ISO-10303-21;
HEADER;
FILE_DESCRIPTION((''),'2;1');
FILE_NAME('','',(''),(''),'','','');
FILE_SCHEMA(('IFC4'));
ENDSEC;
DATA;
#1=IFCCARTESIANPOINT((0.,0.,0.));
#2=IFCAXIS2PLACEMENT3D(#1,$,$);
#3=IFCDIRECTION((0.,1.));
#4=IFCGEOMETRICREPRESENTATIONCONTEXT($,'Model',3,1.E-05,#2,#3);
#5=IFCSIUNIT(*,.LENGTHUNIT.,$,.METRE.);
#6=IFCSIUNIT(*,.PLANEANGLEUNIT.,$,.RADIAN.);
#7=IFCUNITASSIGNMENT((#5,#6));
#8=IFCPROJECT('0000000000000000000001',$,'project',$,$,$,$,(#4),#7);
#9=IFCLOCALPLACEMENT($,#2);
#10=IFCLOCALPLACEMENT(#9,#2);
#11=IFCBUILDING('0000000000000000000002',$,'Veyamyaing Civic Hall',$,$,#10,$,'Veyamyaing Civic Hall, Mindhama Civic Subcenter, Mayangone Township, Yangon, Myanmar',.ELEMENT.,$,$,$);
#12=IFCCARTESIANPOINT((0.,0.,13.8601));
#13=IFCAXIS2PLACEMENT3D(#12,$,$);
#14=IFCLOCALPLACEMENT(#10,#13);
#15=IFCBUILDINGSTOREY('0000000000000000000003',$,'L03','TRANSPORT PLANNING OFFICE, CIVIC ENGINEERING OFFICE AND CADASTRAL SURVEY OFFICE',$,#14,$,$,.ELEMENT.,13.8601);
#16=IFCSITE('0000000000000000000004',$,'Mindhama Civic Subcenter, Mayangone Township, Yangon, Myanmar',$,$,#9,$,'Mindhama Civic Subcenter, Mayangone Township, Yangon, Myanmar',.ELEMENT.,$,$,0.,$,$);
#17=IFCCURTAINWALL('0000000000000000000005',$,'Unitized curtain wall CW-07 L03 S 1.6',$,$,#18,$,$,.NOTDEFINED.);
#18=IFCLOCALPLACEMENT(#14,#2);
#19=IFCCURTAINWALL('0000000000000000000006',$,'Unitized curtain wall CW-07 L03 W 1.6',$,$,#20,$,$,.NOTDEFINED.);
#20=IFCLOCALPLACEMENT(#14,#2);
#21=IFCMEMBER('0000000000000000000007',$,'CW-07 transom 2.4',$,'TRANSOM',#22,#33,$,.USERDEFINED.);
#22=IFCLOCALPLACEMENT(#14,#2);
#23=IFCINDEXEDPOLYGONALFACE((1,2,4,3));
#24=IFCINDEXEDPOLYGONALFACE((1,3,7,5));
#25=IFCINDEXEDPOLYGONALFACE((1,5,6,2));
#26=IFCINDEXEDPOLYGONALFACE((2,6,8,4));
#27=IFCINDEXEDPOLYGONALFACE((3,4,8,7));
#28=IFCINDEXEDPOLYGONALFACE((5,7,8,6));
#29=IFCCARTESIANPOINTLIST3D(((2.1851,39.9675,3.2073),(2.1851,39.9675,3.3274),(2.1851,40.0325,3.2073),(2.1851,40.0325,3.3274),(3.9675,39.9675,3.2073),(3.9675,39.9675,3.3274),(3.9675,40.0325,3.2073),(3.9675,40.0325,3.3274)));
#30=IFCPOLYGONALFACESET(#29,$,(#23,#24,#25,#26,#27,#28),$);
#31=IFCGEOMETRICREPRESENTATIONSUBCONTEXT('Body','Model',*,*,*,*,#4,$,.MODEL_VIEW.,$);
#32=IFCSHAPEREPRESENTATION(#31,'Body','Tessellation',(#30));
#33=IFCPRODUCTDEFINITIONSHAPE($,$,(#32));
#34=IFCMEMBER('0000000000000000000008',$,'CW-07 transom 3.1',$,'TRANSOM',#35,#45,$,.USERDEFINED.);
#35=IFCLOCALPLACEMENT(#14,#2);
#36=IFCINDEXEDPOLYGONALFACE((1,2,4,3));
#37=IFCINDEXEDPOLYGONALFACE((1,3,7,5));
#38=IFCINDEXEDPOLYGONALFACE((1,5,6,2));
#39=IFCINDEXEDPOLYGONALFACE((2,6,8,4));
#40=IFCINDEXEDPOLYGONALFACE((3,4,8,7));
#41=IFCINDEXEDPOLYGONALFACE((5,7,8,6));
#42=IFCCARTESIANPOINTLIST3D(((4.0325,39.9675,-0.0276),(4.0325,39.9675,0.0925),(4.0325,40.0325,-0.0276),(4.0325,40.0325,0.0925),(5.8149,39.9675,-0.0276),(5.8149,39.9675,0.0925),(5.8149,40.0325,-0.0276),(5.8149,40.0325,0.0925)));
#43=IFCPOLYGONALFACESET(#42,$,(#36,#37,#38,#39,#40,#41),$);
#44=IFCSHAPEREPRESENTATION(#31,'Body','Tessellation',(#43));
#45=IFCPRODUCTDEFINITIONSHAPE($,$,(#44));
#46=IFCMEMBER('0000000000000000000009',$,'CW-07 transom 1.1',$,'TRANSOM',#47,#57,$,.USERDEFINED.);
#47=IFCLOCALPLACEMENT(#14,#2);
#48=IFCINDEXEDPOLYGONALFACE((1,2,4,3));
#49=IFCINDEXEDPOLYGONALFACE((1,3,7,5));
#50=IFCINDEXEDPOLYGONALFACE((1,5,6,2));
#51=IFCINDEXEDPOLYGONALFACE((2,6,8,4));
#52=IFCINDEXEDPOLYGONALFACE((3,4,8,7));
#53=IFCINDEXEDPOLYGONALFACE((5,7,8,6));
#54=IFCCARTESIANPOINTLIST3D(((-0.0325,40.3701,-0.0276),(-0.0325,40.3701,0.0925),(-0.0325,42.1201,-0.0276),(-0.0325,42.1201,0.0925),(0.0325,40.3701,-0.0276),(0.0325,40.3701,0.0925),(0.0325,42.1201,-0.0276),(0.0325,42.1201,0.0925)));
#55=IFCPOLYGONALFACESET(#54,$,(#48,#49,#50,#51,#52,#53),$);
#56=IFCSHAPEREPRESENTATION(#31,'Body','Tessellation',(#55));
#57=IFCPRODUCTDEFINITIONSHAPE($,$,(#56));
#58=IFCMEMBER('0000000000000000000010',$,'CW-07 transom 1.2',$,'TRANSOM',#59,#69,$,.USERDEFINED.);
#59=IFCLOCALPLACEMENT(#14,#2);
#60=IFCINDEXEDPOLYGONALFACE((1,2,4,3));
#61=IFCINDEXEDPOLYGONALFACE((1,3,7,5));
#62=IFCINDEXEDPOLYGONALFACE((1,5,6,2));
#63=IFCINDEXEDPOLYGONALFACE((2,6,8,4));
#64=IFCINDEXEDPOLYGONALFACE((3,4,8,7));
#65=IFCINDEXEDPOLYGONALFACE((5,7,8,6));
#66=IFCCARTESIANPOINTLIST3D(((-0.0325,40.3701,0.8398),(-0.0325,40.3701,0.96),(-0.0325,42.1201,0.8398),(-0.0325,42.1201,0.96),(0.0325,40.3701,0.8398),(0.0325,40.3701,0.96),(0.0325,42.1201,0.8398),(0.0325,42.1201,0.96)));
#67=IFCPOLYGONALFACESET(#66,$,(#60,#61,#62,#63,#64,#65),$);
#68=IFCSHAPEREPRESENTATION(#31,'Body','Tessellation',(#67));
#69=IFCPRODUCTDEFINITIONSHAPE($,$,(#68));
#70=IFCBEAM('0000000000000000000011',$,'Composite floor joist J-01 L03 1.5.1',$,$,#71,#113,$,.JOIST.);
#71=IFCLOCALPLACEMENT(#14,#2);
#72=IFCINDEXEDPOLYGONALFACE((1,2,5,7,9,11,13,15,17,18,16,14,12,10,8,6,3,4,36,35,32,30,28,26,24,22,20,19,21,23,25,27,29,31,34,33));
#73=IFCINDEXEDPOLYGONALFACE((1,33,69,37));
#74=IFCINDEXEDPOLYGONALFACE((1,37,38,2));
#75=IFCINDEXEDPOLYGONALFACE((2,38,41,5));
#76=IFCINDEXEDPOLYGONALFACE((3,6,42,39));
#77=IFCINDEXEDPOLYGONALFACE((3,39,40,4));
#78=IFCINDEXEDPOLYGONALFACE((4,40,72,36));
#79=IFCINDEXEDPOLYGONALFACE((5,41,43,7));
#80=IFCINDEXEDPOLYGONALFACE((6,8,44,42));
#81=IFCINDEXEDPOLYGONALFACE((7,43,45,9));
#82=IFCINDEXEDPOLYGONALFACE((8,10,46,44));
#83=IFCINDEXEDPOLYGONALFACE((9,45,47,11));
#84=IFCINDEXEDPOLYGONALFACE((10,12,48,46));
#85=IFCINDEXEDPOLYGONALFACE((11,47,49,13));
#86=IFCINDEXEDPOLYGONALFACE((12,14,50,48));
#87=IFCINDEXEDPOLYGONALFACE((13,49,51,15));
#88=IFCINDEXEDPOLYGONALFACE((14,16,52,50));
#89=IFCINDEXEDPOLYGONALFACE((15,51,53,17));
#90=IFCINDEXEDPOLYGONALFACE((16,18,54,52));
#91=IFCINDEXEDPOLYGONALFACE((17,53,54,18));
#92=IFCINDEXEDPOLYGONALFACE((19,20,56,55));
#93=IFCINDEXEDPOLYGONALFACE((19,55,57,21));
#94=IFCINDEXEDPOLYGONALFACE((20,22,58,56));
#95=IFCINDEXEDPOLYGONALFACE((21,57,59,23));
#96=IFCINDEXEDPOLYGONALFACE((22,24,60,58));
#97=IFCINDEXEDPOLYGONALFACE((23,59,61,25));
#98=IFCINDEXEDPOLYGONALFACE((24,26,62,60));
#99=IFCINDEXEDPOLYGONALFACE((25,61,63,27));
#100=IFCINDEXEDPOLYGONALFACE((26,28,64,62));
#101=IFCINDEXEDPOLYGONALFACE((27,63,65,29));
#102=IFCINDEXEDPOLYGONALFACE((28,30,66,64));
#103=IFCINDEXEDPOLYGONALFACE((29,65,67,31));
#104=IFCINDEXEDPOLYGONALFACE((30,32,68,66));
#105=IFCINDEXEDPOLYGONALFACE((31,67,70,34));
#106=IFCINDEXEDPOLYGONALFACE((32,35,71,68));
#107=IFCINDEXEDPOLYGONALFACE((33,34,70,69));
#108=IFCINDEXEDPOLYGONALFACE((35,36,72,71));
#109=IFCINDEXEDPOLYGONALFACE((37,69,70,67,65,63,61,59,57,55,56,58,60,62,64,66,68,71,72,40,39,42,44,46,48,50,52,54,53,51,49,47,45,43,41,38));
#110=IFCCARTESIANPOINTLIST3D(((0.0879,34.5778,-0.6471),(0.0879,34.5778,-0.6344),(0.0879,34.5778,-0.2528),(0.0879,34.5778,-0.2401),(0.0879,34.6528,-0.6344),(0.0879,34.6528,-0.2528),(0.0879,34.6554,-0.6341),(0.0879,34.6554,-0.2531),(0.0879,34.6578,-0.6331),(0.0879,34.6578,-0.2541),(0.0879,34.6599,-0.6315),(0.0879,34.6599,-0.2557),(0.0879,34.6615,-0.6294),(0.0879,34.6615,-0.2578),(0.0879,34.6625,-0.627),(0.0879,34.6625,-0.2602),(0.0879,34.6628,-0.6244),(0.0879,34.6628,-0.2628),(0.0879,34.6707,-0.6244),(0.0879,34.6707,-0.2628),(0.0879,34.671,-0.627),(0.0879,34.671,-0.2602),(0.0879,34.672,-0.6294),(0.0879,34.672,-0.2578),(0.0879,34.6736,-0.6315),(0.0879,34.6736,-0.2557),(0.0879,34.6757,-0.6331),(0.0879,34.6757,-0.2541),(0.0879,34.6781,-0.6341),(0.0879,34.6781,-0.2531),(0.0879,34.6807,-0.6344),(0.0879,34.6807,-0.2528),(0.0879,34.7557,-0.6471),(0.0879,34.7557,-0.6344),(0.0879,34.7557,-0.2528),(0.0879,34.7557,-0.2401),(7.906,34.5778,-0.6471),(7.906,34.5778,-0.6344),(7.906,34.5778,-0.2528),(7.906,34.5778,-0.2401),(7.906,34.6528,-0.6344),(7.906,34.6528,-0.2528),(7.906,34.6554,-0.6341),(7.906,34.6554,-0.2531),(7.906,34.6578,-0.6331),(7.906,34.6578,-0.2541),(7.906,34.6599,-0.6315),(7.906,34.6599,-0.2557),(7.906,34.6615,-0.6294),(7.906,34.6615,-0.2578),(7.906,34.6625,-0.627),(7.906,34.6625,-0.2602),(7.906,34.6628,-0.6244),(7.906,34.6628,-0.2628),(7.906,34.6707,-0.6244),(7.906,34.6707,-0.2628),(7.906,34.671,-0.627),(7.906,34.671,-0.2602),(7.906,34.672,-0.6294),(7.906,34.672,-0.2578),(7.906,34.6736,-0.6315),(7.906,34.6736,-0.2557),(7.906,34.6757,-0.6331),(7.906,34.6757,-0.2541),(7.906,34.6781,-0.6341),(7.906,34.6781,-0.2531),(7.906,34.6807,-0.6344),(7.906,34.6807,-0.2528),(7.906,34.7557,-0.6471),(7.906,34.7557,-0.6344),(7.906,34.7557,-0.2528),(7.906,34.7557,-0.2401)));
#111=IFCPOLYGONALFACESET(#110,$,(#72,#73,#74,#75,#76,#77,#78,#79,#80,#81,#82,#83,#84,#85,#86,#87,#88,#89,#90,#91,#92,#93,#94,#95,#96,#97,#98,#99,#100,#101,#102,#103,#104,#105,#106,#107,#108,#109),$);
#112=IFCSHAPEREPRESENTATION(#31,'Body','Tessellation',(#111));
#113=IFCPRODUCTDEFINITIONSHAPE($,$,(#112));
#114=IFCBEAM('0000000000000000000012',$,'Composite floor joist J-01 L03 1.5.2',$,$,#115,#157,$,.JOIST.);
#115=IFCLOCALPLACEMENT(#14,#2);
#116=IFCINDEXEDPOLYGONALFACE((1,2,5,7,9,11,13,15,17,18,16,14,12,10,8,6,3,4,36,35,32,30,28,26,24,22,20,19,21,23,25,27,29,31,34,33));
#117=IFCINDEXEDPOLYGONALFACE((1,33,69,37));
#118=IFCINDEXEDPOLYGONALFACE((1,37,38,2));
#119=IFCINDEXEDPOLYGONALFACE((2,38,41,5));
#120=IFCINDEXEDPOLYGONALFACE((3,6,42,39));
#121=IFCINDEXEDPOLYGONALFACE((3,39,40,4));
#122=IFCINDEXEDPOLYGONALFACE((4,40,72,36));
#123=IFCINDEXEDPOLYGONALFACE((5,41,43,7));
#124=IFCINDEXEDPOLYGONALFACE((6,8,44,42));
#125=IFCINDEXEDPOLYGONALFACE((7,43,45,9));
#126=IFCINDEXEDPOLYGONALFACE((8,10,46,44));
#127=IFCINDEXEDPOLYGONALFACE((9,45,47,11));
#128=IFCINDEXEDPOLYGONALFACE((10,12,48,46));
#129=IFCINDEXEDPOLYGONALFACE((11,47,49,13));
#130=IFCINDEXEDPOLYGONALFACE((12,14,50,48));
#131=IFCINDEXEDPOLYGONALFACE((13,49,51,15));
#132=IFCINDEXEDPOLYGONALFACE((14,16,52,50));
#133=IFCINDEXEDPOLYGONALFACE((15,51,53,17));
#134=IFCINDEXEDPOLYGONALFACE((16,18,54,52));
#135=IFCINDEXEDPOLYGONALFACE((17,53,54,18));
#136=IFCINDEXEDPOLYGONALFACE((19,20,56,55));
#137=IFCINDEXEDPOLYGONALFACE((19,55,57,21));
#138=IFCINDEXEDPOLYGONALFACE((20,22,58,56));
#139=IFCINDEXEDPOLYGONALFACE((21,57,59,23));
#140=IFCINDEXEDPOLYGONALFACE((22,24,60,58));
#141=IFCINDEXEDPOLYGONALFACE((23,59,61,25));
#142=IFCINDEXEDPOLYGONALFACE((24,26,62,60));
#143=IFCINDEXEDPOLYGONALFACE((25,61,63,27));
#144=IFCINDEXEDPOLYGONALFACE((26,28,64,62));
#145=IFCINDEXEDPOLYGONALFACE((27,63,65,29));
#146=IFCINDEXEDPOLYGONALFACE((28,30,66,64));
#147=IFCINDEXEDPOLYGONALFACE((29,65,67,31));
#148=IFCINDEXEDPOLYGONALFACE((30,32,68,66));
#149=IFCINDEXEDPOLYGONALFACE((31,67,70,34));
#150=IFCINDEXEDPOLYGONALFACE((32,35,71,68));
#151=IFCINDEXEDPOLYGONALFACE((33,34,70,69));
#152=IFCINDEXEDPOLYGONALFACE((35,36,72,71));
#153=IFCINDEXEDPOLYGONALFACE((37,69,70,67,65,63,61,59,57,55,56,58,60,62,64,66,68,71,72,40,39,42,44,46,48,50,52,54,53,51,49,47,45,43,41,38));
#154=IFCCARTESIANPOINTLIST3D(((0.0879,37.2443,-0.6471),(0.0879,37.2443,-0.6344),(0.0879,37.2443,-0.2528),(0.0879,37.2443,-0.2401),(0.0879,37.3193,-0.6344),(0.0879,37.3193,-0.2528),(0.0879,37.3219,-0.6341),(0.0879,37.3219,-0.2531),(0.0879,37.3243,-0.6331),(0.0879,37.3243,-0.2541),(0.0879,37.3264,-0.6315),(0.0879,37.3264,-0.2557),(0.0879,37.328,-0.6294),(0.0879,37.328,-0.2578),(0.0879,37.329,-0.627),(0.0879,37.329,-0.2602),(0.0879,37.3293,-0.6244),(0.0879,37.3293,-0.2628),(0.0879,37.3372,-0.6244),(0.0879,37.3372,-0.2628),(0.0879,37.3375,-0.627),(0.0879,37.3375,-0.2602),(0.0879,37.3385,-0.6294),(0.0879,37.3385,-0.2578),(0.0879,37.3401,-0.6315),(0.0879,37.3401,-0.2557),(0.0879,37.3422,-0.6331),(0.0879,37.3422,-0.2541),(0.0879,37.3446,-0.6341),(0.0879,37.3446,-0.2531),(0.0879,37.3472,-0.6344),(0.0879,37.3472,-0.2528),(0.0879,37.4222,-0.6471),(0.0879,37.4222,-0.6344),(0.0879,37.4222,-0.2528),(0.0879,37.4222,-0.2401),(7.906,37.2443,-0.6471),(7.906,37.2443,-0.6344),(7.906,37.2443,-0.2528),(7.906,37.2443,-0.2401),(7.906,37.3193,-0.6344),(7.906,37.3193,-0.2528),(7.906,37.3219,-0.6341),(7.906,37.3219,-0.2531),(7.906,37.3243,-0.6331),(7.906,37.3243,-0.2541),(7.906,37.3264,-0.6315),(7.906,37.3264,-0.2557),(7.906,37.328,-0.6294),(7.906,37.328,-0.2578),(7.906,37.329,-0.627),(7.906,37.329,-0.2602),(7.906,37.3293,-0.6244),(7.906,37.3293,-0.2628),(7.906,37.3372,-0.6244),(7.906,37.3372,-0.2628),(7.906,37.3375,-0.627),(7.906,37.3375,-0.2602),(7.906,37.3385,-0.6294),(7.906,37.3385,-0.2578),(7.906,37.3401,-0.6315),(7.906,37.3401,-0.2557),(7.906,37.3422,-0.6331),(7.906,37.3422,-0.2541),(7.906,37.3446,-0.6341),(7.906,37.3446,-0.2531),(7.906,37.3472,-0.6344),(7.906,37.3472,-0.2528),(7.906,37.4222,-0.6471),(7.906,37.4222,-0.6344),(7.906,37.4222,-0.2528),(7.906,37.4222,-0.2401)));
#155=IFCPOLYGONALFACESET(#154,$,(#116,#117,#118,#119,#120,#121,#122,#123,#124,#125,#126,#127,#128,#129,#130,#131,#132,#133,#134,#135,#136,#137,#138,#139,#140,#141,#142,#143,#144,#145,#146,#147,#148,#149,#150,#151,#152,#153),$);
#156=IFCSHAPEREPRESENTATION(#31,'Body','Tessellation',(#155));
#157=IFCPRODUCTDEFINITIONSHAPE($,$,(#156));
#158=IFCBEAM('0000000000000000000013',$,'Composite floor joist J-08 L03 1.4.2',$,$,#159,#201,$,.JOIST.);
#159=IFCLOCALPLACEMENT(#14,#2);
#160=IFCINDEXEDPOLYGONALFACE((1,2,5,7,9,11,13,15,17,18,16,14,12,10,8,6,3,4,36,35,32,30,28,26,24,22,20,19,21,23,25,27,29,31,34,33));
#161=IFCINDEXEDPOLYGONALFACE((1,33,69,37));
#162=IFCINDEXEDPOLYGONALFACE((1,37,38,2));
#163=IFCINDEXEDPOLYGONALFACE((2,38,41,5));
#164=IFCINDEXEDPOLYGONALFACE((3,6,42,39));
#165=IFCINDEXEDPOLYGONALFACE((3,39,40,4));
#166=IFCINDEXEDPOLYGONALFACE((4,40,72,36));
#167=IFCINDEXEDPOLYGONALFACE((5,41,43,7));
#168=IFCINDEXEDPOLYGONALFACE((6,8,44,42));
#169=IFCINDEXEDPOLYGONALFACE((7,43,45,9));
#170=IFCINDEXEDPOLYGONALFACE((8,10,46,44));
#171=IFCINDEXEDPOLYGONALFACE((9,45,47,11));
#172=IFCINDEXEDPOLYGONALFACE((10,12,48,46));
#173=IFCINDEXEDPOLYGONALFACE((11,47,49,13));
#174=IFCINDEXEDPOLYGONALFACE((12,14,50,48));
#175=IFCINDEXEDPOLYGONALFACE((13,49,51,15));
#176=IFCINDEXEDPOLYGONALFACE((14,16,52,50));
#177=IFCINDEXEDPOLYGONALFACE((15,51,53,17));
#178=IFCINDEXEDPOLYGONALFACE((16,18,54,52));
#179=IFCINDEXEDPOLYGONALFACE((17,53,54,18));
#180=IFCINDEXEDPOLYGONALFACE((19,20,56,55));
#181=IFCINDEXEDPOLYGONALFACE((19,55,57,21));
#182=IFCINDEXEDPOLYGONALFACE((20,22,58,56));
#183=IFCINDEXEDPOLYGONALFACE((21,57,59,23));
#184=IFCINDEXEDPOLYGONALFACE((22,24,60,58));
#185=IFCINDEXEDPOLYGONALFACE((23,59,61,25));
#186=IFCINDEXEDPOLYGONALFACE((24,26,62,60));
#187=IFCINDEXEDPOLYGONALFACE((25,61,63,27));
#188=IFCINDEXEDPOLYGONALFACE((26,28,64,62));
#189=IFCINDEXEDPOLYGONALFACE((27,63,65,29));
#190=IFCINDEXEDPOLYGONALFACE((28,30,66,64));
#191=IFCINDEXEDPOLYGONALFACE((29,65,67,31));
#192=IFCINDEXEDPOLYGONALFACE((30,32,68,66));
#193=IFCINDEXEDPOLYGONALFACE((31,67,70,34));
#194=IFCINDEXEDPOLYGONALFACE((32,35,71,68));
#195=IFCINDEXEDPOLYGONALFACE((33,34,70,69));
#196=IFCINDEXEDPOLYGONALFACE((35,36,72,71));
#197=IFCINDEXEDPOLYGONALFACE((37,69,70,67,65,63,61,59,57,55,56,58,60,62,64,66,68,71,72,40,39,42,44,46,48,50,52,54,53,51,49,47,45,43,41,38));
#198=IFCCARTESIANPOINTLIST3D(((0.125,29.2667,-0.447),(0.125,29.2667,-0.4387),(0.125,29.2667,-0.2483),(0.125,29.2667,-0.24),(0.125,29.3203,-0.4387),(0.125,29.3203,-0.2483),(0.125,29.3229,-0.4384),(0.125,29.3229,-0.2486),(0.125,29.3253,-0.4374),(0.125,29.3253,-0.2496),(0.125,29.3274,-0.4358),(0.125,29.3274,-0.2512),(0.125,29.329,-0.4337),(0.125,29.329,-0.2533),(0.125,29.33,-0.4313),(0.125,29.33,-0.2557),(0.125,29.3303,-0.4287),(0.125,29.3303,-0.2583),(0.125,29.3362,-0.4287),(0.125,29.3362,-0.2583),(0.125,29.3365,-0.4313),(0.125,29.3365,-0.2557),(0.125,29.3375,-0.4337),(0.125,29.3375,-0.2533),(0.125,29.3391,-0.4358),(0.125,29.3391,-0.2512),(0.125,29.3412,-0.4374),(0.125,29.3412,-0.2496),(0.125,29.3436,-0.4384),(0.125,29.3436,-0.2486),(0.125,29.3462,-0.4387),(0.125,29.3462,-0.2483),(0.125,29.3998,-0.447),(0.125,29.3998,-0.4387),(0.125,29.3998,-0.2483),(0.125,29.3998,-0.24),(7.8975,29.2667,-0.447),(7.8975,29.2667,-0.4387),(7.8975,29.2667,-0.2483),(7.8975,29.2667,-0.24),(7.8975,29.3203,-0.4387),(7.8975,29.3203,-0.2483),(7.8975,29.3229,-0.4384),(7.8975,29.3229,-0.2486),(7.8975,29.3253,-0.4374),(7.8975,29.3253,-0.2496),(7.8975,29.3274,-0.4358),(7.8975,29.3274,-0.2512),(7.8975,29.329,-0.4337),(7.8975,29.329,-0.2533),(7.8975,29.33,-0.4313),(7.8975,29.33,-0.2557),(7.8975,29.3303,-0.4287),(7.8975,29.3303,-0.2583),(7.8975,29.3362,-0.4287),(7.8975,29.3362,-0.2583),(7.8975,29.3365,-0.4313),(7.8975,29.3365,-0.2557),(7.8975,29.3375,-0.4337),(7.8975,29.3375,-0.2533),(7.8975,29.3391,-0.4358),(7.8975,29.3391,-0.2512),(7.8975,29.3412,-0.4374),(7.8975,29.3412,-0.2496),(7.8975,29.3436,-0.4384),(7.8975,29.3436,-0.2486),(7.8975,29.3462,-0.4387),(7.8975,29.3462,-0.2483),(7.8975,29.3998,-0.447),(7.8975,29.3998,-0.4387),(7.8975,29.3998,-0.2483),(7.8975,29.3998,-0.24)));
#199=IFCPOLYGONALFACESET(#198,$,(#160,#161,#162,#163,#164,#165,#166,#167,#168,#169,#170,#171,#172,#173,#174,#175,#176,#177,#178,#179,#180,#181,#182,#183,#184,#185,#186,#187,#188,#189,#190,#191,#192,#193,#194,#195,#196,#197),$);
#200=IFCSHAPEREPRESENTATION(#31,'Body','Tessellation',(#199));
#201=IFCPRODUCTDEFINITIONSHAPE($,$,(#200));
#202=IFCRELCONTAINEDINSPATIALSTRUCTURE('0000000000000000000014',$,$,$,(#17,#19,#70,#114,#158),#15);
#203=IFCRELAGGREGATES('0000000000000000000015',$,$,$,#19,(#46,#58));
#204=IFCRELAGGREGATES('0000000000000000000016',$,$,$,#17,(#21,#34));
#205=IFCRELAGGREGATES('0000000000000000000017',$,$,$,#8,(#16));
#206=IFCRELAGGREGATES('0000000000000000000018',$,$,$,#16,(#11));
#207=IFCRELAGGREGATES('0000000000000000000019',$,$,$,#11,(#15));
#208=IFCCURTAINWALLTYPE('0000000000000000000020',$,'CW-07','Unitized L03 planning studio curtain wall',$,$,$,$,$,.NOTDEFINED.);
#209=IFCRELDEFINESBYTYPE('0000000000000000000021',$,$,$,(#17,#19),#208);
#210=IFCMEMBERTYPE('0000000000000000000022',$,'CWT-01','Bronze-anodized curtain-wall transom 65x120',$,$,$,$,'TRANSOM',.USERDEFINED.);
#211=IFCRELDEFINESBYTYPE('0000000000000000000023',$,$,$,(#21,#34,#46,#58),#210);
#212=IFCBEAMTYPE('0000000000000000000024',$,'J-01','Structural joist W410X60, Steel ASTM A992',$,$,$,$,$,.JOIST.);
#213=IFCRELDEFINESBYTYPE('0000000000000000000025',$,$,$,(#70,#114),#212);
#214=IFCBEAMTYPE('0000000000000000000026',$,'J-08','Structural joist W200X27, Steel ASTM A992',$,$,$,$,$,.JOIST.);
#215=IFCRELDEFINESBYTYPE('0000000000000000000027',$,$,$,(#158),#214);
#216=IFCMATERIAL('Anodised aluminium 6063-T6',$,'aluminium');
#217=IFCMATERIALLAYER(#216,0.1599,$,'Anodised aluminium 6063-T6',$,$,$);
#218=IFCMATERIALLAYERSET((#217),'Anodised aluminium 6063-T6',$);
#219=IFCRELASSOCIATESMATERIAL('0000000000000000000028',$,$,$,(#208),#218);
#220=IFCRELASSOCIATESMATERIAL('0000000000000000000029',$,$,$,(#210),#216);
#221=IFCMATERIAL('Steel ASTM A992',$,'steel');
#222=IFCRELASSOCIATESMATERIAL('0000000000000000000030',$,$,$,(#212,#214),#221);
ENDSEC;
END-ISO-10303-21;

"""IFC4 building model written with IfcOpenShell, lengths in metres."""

from ifc_helpers import new_model, si_unit, direction, frame, origin, origin_2d, place, context, subcontext, project, spatial, rectangle, i_section, extrude, material, layer, layer_set, material_profile, profile_set, type_object, element, aggregate, save


model = new_model("IFC4")

# Units and contexts
model_context = context("Model", 3, precision=1e-05, world=origin(), true_north=direction((0.0, 1.0)))
body_context = subcontext(model_context, "Body", "Model", "MODEL_VIEW")
ifc_project = project(units=[si_unit("LENGTHUNIT", "METRE"), si_unit("PLANEANGLEUNIT", "RADIAN")], contexts=[model_context])

# Site, building, storey
site_placement = place(None, origin())
site = spatial("IfcSite", under=ifc_project, at=site_placement, Name="Mindhama Civic Subcenter, Mayangone Township, Yangon, Myanmar", LongName="Mindhama Civic Subcenter, Mayangone Township, Yangon, Myanmar", CompositionType="ELEMENT", RefElevation=0.0)
building_placement = place(site_placement, origin())
building = spatial("IfcBuilding", under=site, at=building_placement, Name="Veyamyaing Civic Hall", LongName="Veyamyaing Civic Hall, Mindhama Civic Subcenter, Mayangone Township, Yangon, Myanmar", CompositionType="ELEMENT")
storey_placement = place(building_placement, frame((0.0, 0.0, 13.8601)))
storey = spatial("IfcBuildingStorey", under=building, at=storey_placement, Name="L03", Description="TRANSPORT PLANNING OFFICE, CIVIC ENGINEERING OFFICE AND CADASTRAL SURVEY OFFICE", CompositionType="ELEMENT", Elevation=13.8601)

# Shared definitions
ifc_material_1 = material(Name="Steel ASTM A992", Category="steel")

# Curtain wall
ifc_material_2 = material(Name="Anodised aluminium 6063-T6", Category="aluminium")
ifc_layer_1 = layer(ifc_material_2, 0.1599, Name="Anodised aluminium 6063-T6")
ifc_layer_set_1 = layer_set([ifc_layer_1], Name="Anodised aluminium 6063-T6")
curtain_wall_type = type_object("IfcCurtainWallType", Name="CW-07", Description="Unitized L03 planning studio curtain wall", PredefinedType="NOTDEFINED", material=ifc_layer_set_1)
curtain_wall_1_placement = place(storey_placement, origin())
curtain_wall_1 = element("IfcCurtainWall", 1, at=curtain_wall_1_placement, inside=storey, type_object=curtain_wall_type, Name="Unitized curtain wall CW-07 L03 S 1.6", PredefinedType="NOTDEFINED")

# Curtain wall
curtain_wall_2_placement = place(storey_placement, origin())
curtain_wall_2 = element("IfcCurtainWall", 2, at=curtain_wall_2_placement, inside=storey, type_object=curtain_wall_type, Name="Unitized curtain wall CW-07 L03 W 1.6", PredefinedType="NOTDEFINED")

# Members
ifc_material_profile_1 = material_profile(ifc_material_2, rectangle(XDim=0.0649, YDim=0.1201, at=origin_2d()), Name="ALU-TRN-65X120")
ifc_profile_set_1 = profile_set([ifc_material_profile_1], Name="Anodised aluminium 6063-T6")
member_type_1 = type_object("IfcMemberType", Name="CWT-01", Description="Bronze-anodized curtain-wall transom 65x120", ElementType="TRANSOM", PredefinedType="USERDEFINED", material=ifc_profile_set_1)
member_1_placement = place(storey_placement, frame((2.1851, 40.0, 3.2673), z_axis=(1.0, 0.0, 0.0), x_axis=(0.0, 1.0, 0.0)))
member_1 = element("IfcMember", 3, at=member_1_placement, type_object=member_type_1, Name="CW-07 transom 2.4", ObjectType="TRANSOM", PredefinedType="USERDEFINED", context=body_context, shape_type="SweptSolid", body=[
    extrude(rectangle(XDim=0.0649, YDim=0.1201, at=origin_2d()), origin(), (0.0, 0.0, 1.0), 1.7825),
])
member_2_placement = place(storey_placement, frame((4.0325, 40.0, 0.0325), z_axis=(1.0, 0.0, 0.0), x_axis=(0.0, 1.0, 0.0)))
member_2 = element("IfcMember", 4, at=member_2_placement, type_object=member_type_1, Name="CW-07 transom 3.1", ObjectType="TRANSOM", PredefinedType="USERDEFINED", context=body_context, shape_type="SweptSolid", body=[
    extrude(rectangle(XDim=0.0649, YDim=0.1201, at=origin_2d()), origin(), (0.0, 0.0, 1.0), 1.7825),
])
member_3_placement = place(storey_placement, frame((0.0, 40.3701, 0.0325), z_axis=(0.0, 1.0, 0.0), x_axis=(-1.0, 0.0, 0.0)))
member_3 = element("IfcMember", 5, at=member_3_placement, type_object=member_type_1, Name="CW-07 transom 1.1", ObjectType="TRANSOM", PredefinedType="USERDEFINED", context=body_context, shape_type="SweptSolid", body=[
    extrude(rectangle(XDim=0.0649, YDim=0.1201, at=origin_2d()), origin(), (0.0, 0.0, 1.0), 1.75),
])
member_4_placement = place(storey_placement, frame((0.0, 40.3701, 0.8999), z_axis=(0.0, 1.0, 0.0), x_axis=(-1.0, 0.0, 0.0)))
member_4 = element("IfcMember", 6, at=member_4_placement, type_object=member_type_1, Name="CW-07 transom 1.2", ObjectType="TRANSOM", PredefinedType="USERDEFINED", context=body_context, shape_type="SweptSolid", body=[
    extrude(rectangle(XDim=0.0649, YDim=0.1201, at=origin_2d()), origin(), (0.0, 0.0, 1.0), 1.75),
])
aggregate(curtain_wall_2, [member_3, member_4])

# Beams
ifc_material_profile_2 = material_profile(ifc_material_1, i_section(OverallWidth=0.178, OverallDepth=0.407, WebThickness=0.0078, FlangeThickness=0.0127, FilletRadius=0.01, at=origin_2d()), Name="W410X60")
ifc_profile_set_2 = profile_set([ifc_material_profile_2], Name="Steel ASTM A992")
beam_type_1 = type_object("IfcBeamType", Name="J-01", Description="Structural joist W410X60, Steel ASTM A992", PredefinedType="JOIST", material=ifc_profile_set_2)
for number, where, z_axis, x_axis, name in (
    (7, (0.0879, 34.6667, -0.4436), (1.0, 0.0, 0.0), (0.0, 1.0, 0.0), "Composite floor joist J-01 L03 1.5.1"),
    (8, (0.0879, 37.3333, -0.4436), (1.0, 0.0, 0.0), (0.0, 1.0, 0.0), "Composite floor joist J-01 L03 1.5.2"),
):
    element("IfcBeam", number, at=place(storey_placement, frame(where, z_axis=z_axis, x_axis=x_axis)), inside=storey, type_object=beam_type_1, Name=name, PredefinedType="JOIST", context=body_context, shape_type="SweptSolid", body=[
        extrude(i_section(OverallWidth=0.178, OverallDepth=0.407, WebThickness=0.0078, FlangeThickness=0.0127, FilletRadius=0.01, at=origin_2d()), origin(), (0.0, 0.0, 1.0), 7.8181),
    ])
ifc_material_profile_3 = material_profile(ifc_material_1, i_section(OverallWidth=0.1331, OverallDepth=0.207, WebThickness=0.0059, FlangeThickness=0.0083, FilletRadius=0.01, at=origin_2d()), Name="W200X27")
ifc_profile_set_3 = profile_set([ifc_material_profile_3], Name="Steel ASTM A992")
beam_type_2 = type_object("IfcBeamType", Name="J-08", Description="Structural joist W200X27, Steel ASTM A992", PredefinedType="JOIST", material=ifc_profile_set_3)
beam_1_placement = place(storey_placement, frame((0.125, 29.3333, -0.3435), z_axis=(1.0, 0.0, 0.0), x_axis=(0.0, 1.0, 0.0)))
element("IfcBeam", 9, at=beam_1_placement, inside=storey, type_object=beam_type_2, Name="Composite floor joist J-08 L03 1.4.2", PredefinedType="JOIST", context=body_context, shape_type="SweptSolid", body=[
    extrude(i_section(OverallWidth=0.1331, OverallDepth=0.207, WebThickness=0.0059, FlangeThickness=0.0083, FilletRadius=0.01, at=origin_2d()), origin(), (0.0, 0.0, 1.0), 7.7725),
])

aggregate(curtain_wall_1, [member_1, member_2])

save(model, "model.ifc")
